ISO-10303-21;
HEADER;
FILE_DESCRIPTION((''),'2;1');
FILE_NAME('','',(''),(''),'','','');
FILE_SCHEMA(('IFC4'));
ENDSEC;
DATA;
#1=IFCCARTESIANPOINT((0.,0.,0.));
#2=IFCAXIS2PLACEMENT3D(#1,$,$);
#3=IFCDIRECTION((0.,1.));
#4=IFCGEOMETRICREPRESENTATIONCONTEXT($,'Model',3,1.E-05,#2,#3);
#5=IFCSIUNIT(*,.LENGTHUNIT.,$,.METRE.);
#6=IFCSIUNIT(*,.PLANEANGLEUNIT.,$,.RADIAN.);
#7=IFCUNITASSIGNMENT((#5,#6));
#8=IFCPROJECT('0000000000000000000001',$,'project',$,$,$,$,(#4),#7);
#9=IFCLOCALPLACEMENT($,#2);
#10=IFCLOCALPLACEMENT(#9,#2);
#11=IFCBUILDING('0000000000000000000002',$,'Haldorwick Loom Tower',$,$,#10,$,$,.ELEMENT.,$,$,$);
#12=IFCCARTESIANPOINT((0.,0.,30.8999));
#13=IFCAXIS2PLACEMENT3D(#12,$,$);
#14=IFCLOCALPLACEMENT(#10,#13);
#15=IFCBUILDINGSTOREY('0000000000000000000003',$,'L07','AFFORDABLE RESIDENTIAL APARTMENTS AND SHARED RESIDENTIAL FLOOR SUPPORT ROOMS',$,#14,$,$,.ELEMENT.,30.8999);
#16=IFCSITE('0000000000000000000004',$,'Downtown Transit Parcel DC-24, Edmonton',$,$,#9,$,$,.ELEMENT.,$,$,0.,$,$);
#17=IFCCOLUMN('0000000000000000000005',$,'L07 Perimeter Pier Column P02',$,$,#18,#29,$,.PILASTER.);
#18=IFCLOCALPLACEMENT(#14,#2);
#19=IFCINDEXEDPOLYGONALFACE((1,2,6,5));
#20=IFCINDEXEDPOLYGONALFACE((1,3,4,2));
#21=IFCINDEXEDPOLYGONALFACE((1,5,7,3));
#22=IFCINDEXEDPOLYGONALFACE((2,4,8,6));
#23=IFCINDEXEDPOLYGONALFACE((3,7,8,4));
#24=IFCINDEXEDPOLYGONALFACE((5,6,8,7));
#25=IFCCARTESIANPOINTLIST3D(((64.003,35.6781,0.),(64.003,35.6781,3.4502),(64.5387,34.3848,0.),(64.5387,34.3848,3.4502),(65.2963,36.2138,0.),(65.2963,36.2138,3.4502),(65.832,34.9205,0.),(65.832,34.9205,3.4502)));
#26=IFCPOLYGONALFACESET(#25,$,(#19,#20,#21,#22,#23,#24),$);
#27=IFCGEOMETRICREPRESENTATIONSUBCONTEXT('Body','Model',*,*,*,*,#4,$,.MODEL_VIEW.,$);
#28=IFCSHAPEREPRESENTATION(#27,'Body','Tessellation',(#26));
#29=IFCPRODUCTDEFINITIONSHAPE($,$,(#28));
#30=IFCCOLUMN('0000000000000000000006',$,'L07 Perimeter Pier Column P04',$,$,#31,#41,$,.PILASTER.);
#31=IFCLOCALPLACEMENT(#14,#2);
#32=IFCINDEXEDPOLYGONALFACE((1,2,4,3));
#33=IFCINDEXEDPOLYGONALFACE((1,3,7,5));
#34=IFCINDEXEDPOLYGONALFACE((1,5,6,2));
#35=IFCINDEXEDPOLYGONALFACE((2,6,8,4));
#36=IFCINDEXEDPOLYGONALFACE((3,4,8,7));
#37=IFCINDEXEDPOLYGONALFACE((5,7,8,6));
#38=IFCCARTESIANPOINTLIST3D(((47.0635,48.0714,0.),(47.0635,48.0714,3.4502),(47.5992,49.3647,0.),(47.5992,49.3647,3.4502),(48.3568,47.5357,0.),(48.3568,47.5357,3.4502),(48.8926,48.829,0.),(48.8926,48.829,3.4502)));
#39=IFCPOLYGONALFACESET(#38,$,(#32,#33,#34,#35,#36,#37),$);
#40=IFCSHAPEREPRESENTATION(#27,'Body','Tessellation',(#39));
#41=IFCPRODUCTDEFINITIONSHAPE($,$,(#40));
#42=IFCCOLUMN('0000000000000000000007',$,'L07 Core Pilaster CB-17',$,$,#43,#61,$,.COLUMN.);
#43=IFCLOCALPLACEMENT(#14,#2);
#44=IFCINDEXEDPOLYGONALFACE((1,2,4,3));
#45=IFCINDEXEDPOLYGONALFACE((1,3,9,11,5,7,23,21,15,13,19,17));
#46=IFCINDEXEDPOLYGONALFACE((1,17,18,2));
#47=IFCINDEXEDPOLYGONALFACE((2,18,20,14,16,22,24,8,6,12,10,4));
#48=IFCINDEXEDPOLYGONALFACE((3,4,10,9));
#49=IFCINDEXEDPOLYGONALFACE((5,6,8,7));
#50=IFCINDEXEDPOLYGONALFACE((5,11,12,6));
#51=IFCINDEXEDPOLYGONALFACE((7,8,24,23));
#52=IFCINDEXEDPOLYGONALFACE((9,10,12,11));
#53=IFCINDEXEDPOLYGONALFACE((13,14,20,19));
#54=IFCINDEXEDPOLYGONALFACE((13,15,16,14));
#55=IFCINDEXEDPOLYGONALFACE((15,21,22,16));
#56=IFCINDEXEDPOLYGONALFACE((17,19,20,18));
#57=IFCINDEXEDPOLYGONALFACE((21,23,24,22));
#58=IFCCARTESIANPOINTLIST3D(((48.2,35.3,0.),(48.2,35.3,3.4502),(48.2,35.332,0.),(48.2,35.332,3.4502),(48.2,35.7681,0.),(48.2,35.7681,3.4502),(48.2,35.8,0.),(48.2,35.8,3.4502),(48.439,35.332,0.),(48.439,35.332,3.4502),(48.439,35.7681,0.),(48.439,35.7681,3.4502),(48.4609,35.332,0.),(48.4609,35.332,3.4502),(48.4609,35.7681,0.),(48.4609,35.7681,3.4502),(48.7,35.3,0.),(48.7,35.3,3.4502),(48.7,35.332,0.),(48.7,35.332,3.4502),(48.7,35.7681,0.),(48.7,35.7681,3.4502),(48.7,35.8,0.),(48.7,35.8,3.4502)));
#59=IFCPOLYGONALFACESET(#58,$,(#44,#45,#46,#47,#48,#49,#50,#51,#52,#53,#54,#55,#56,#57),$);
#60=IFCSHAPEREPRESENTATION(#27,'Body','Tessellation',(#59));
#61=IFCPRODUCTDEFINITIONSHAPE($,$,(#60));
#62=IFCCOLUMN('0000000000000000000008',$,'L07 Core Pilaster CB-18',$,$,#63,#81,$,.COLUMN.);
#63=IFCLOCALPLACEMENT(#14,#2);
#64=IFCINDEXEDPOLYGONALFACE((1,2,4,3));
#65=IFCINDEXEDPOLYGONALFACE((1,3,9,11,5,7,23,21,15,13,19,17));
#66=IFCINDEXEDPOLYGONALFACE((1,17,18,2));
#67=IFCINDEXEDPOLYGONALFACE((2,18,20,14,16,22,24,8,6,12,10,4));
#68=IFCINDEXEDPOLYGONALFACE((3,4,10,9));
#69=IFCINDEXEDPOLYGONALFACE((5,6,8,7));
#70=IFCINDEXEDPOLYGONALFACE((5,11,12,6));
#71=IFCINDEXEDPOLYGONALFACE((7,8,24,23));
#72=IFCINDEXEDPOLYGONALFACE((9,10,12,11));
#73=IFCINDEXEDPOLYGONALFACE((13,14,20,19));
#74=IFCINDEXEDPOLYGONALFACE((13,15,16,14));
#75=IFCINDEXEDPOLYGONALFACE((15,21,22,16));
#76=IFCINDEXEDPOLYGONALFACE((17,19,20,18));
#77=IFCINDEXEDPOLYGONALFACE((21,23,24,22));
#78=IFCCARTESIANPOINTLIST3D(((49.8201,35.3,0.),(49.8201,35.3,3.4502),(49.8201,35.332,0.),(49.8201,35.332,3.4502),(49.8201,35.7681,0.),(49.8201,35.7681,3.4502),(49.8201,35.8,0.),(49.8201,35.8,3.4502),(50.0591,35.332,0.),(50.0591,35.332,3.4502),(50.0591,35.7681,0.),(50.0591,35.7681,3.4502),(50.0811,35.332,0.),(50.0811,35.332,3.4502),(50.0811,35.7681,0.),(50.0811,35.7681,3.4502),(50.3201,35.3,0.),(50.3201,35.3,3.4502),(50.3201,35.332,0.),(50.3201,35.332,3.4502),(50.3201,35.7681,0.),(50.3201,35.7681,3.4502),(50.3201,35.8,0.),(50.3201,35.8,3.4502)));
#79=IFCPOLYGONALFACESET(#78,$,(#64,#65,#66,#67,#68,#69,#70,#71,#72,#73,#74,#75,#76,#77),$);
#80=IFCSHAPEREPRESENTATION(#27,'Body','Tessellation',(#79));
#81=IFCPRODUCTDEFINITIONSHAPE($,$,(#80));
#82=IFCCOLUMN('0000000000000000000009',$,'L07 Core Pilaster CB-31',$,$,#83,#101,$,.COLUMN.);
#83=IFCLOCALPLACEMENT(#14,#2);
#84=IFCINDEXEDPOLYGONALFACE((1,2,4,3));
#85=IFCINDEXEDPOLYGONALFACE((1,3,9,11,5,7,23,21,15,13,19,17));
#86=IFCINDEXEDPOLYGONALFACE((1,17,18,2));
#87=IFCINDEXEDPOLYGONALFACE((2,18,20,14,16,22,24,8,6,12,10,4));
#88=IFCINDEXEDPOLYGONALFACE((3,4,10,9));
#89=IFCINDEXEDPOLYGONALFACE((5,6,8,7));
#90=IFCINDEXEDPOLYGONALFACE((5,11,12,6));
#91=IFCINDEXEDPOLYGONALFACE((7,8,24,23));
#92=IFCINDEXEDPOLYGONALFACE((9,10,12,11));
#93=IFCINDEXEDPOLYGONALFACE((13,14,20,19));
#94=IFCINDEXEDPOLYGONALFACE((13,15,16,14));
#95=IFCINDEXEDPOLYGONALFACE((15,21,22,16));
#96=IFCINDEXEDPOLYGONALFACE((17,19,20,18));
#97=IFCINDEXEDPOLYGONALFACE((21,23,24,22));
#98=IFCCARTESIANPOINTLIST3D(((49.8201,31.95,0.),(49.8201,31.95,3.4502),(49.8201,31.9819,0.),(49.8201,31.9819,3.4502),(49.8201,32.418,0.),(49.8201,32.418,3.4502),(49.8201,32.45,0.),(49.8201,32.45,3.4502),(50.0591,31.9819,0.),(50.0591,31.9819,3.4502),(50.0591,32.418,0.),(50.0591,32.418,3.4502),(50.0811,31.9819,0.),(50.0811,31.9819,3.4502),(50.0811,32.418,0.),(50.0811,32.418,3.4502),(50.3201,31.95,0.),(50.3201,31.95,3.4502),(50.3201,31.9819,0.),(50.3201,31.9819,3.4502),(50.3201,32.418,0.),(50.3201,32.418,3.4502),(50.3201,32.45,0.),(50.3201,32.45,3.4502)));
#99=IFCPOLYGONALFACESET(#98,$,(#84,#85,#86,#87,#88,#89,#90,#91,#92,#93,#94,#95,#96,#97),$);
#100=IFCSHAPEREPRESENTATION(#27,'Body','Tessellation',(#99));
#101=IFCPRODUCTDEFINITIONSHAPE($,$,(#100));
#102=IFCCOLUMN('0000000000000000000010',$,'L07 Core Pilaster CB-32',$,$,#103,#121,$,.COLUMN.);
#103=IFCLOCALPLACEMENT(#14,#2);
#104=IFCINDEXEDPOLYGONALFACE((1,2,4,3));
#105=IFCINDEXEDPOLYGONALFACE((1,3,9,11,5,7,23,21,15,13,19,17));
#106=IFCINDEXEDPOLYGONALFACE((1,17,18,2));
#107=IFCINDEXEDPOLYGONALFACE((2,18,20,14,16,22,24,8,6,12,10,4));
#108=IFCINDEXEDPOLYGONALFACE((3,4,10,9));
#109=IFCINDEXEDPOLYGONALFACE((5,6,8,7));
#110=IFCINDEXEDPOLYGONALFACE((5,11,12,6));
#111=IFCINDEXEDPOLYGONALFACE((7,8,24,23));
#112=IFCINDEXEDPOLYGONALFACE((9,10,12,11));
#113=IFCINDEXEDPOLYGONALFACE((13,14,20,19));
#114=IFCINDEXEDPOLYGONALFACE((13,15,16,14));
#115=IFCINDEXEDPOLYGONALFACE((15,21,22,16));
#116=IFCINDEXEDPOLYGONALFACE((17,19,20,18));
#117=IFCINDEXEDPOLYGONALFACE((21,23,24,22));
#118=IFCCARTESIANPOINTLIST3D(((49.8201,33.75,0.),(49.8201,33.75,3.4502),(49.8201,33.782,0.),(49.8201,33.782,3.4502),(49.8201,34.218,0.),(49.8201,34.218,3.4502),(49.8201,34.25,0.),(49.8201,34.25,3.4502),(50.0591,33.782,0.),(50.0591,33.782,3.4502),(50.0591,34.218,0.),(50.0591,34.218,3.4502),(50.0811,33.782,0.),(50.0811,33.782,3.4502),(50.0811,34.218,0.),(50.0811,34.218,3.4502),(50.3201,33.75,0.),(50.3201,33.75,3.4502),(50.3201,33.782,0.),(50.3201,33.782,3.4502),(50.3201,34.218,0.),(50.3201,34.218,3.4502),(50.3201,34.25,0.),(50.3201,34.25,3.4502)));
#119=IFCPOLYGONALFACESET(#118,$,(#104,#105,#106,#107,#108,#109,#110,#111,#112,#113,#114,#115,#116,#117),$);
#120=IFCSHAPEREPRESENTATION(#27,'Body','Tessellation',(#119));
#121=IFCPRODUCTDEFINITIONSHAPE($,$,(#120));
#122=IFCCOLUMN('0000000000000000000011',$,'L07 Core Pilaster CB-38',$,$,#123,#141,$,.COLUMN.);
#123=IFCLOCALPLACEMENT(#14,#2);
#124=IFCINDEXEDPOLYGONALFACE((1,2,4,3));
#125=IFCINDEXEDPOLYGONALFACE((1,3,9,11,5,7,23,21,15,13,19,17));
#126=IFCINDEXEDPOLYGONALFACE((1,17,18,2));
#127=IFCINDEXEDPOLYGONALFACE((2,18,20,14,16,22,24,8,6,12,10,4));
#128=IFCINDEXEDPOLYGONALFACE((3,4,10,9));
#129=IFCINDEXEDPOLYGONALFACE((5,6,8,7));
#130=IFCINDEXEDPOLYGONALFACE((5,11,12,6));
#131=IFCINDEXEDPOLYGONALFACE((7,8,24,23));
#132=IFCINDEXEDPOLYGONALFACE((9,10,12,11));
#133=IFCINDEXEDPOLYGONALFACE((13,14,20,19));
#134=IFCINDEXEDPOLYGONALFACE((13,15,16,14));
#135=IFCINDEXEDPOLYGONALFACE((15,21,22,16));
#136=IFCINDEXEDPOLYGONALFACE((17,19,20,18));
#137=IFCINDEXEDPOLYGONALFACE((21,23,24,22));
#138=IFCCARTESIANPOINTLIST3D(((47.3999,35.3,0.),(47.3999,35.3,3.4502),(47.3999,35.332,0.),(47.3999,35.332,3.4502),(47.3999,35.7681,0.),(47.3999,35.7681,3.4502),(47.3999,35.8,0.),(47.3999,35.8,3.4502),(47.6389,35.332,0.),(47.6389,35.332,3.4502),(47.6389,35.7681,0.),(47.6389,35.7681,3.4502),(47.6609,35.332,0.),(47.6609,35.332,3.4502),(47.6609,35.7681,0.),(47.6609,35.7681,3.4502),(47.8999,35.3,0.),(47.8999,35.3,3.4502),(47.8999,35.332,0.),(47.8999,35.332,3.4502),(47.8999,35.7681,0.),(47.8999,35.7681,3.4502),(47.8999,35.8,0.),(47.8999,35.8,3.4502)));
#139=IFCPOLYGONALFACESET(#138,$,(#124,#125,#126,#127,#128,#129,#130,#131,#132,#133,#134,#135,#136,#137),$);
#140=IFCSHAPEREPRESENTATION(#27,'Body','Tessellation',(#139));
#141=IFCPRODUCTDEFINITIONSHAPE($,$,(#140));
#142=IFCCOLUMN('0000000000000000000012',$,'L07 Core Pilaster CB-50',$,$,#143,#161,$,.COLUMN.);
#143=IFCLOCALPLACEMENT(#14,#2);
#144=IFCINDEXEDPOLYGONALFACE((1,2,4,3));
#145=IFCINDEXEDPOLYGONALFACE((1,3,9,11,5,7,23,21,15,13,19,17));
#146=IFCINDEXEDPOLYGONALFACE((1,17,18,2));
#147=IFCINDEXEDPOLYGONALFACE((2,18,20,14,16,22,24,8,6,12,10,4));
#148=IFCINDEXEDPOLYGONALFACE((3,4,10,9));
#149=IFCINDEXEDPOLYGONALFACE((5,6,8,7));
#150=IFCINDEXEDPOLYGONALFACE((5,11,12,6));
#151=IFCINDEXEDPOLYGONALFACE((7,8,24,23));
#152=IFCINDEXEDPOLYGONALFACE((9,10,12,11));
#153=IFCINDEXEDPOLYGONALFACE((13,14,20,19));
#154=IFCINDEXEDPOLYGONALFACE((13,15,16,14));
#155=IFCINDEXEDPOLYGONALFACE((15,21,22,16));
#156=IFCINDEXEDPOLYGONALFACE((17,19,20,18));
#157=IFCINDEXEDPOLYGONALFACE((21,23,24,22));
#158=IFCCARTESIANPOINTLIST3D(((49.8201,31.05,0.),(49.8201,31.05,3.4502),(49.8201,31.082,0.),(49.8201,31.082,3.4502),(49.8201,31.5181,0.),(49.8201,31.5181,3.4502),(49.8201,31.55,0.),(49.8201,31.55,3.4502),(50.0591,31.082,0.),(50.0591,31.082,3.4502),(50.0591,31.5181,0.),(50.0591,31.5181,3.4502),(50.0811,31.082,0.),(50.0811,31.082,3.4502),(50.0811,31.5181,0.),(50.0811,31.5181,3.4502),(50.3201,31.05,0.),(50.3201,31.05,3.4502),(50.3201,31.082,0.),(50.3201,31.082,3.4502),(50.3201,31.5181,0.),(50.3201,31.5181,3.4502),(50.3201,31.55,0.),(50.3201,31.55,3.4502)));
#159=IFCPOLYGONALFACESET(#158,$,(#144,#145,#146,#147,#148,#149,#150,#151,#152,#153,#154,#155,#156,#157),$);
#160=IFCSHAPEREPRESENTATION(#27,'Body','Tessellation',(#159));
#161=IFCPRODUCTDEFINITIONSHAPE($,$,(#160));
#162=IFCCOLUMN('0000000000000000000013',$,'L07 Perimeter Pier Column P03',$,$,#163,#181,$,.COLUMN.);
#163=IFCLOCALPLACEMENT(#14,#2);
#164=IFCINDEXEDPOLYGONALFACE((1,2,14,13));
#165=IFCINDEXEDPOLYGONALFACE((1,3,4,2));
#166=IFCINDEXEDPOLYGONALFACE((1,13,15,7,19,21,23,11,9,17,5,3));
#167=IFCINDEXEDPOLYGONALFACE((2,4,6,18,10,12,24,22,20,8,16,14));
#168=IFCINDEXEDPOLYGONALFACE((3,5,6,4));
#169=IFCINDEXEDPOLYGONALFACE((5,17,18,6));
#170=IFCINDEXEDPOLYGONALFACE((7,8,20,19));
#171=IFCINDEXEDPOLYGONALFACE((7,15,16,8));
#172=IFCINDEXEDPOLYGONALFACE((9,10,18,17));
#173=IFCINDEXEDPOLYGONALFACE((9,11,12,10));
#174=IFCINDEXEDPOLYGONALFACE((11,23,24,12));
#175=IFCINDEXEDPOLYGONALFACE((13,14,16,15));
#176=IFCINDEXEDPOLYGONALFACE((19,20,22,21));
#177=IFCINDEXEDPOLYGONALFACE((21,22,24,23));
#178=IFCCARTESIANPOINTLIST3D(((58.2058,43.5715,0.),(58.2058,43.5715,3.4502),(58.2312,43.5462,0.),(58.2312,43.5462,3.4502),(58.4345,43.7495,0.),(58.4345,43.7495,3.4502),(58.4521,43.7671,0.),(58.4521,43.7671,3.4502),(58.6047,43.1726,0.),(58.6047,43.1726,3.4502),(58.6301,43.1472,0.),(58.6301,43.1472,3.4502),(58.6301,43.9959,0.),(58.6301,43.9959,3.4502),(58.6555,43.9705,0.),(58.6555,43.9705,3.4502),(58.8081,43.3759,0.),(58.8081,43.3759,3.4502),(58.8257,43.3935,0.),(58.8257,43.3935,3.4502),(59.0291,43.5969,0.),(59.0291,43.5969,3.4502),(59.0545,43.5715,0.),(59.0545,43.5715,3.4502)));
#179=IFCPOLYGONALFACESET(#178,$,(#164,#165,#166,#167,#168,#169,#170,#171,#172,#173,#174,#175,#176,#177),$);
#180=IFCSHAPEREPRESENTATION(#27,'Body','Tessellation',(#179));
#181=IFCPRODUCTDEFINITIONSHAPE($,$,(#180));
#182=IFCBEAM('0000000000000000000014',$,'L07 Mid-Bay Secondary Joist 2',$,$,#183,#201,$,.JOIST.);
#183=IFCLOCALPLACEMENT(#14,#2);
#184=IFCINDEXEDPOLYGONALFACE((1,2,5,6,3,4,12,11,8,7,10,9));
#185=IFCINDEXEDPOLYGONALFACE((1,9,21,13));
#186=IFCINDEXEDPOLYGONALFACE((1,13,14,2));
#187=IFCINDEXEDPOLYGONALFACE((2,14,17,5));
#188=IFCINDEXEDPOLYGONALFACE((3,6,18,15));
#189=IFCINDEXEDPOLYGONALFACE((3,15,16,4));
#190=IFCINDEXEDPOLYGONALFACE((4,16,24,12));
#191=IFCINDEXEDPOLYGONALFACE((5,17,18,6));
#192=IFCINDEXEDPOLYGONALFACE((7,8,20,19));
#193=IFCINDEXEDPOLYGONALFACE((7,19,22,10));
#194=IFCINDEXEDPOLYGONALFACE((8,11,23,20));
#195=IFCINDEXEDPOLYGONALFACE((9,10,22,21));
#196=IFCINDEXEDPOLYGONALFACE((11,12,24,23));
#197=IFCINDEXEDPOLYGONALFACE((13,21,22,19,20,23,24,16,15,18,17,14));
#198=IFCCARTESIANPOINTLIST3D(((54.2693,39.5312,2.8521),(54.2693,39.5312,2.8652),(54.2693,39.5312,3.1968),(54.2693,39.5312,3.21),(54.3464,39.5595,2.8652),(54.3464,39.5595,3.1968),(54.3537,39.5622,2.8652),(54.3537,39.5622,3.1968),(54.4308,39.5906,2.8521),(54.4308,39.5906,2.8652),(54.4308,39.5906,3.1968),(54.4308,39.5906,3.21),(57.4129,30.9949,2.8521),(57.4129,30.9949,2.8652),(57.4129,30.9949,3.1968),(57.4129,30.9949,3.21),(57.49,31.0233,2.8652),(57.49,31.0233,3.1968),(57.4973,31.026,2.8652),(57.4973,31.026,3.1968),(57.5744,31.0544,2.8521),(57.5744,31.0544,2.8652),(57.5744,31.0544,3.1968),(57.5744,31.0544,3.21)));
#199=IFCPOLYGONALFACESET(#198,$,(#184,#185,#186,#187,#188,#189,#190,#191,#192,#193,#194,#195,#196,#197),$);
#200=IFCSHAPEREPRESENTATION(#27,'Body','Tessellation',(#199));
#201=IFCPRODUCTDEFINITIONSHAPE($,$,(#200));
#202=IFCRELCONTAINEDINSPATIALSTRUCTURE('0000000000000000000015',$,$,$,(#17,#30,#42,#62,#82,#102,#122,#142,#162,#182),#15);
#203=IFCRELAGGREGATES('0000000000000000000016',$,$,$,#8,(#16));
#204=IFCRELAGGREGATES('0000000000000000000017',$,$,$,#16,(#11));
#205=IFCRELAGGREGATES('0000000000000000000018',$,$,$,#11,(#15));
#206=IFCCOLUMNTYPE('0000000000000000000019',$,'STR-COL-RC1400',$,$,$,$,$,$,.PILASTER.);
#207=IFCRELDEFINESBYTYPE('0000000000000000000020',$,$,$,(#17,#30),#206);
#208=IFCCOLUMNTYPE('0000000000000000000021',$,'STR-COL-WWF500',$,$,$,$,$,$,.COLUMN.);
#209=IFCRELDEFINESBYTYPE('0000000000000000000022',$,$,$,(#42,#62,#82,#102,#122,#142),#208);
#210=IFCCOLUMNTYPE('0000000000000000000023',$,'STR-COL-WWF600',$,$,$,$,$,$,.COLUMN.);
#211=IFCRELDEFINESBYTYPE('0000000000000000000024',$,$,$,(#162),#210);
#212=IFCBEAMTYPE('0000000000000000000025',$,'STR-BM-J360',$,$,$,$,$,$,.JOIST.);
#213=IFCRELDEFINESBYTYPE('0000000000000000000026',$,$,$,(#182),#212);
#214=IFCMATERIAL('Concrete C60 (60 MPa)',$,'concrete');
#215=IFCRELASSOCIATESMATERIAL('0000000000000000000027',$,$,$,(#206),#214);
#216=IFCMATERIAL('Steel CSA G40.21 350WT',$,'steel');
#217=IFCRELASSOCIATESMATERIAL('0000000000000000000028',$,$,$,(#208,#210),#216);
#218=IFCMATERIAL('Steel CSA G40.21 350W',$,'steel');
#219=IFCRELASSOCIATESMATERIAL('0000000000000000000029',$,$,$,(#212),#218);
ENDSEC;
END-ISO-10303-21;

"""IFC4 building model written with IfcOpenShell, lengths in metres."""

from ifc_helpers import new_model, si_unit, direction, frame, origin, origin_2d, place, context, subcontext, project, spatial, rectangle, i_section, extrude, material, material_profile, profile_set, type_object, element, save


model = new_model("IFC4")

# Units and contexts
model_context = context("Model", 3, precision=1e-05, world=origin(), true_north=direction((0.0, 1.0)))
body_context = subcontext(model_context, "Body", "Model", "MODEL_VIEW")
ifc_project = project(units=[si_unit("LENGTHUNIT", "METRE"), si_unit("PLANEANGLEUNIT", "RADIAN")], contexts=[model_context])

# Site, building, storey
site_placement = place(None, origin())
site = spatial("IfcSite", under=ifc_project, at=site_placement, Name="Downtown Transit Parcel DC-24, Edmonton", CompositionType="ELEMENT", RefElevation=0.0)
building_placement = place(site_placement, origin())
building = spatial("IfcBuilding", under=site, at=building_placement, Name="Haldorwick Loom Tower", CompositionType="ELEMENT")
storey_placement = place(building_placement, frame((0.0, 0.0, 30.8999)))
storey = spatial("IfcBuildingStorey", under=building, at=storey_placement, Name="L07", Description="AFFORDABLE RESIDENTIAL APARTMENTS AND SHARED RESIDENTIAL FLOOR SUPPORT ROOMS", CompositionType="ELEMENT", Elevation=30.8999)

# Columns
ifc_material_1 = material(Name="Concrete C60 (60 MPa)", Category="concrete")
ifc_material_profile_1 = material_profile(ifc_material_1, rectangle(XDim=1.3999, YDim=1.3999, at=origin_2d()), Name="RC1400X1400", Category="concrete")
ifc_profile_set_1 = profile_set([ifc_material_profile_1], Name="Concrete C60 (60 MPa)")
column_type_1 = type_object("IfcColumnType", Name="STR-COL-RC1400", PredefinedType="PILASTER", material=ifc_profile_set_1)
for number, where, z_axis, x_axis, name in (
    (1, (64.9175, 35.2993, 0.0), (0.0, 0.0, 1.0), (0.92388, 0.382683, 0.0), "L07 Perimeter Pier Column P02"),
    (2, (47.978, 48.4502, 0.0), (0.0, 0.0, 1.0), (0.382683, 0.92388, 0.0), "L07 Perimeter Pier Column P04"),
):
    element("IfcColumn", number, at=place(storey_placement, frame(where, z_axis=z_axis, x_axis=x_axis)), inside=storey, type_object=column_type_1, Name=name, PredefinedType="PILASTER", context=body_context, shape_type="SweptSolid", body=[
        extrude(rectangle(XDim=1.3999, YDim=1.3999, at=origin_2d()), origin(), (0.0, 0.0, 1.0), 3.4502),
    ])
ifc_material_2 = material(Name="Steel CSA G40.21 350WT", Category="steel")
ifc_material_profile_2 = material_profile(ifc_material_2, i_section(OverallWidth=0.5, OverallDepth=0.5, WebThickness=0.022, FlangeThickness=0.032, at=origin_2d()), Name="WWF500X500", Category="steel")
ifc_profile_set_2 = profile_set([ifc_material_profile_2], Name="Steel CSA G40.21 350WT")
column_type_2 = type_object("IfcColumnType", Name="STR-COL-WWF500", PredefinedType="COLUMN", material=ifc_profile_set_2)
for number, where, z_axis, x_axis, name in (
    (3, (48.45, 35.55, 0.0), (0.0, 0.0, 1.0), (1.0, 0.0, 0.0), "L07 Core Pilaster CB-17"),
    (4, (50.0701, 35.55, 0.0), (0.0, 0.0, 1.0), (1.0, 0.0, 0.0), "L07 Core Pilaster CB-18"),
    (5, (50.0701, 32.2, 0.0), (0.0, 0.0, 1.0), (1.0, 0.0, 0.0), "L07 Core Pilaster CB-31"),
    (6, (50.0701, 34.0, 0.0), (0.0, 0.0, 1.0), (1.0, 0.0, 0.0), "L07 Core Pilaster CB-32"),
    (7, (47.6499, 35.55, 0.0), (0.0, 0.0, 1.0), (1.0, 0.0, 0.0), "L07 Core Pilaster CB-38"),
    (8, (50.0701, 31.3, 0.0), (0.0, 0.0, 1.0), (1.0, 0.0, 0.0), "L07 Core Pilaster CB-50"),
):
    element("IfcColumn", number, at=place(storey_placement, frame(where, z_axis=z_axis, x_axis=x_axis)), inside=storey, type_object=column_type_2, Name=name, PredefinedType="COLUMN", context=body_context, shape_type="SweptSolid", body=[
        extrude(i_section(OverallWidth=0.5, OverallDepth=0.5, WebThickness=0.022, FlangeThickness=0.032, at=origin_2d()), origin(), (0.0, 0.0, 1.0), 3.4502),
    ])
ifc_material_profile_3 = material_profile(ifc_material_2, i_section(OverallWidth=0.6001, OverallDepth=0.6001, WebThickness=0.0249, FlangeThickness=0.0359, at=origin_2d()), Name="WWF600X600", Category="steel")
ifc_profile_set_3 = profile_set([ifc_material_profile_3], Name="Steel CSA G40.21 350WT")
column_type_3 = type_object("IfcColumnType", Name="STR-COL-WWF600", PredefinedType="COLUMN", material=ifc_profile_set_3)
column_placement = place(storey_placement, frame((58.6301, 43.5715, 0.0), z_axis=(0.0, 0.0, 1.0), x_axis=(0.707107, 0.707107, 0.0)))
element("IfcColumn", 9, at=column_placement, inside=storey, type_object=column_type_3, Name="L07 Perimeter Pier Column P03", PredefinedType="COLUMN", context=body_context, shape_type="SweptSolid", body=[
    extrude(i_section(OverallWidth=0.6001, OverallDepth=0.6001, WebThickness=0.0249, FlangeThickness=0.0359, at=origin_2d()), origin(), (0.0, 0.0, 1.0), 3.4502),
])

# Beam
ifc_material_3 = material(Name="Steel CSA G40.21 350W", Category="steel")
ifc_material_profile_4 = material_profile(ifc_material_3, i_section(OverallWidth=0.1721, OverallDepth=0.3579, WebThickness=0.0078, FlangeThickness=0.0132, at=origin_2d()), Name="W360X57", Category="steel")
ifc_profile_set_4 = profile_set([ifc_material_profile_4], Name="Steel CSA G40.21 350W")
beam_type_1 = type_object("IfcBeamType", Name="STR-BM-J360", PredefinedType="JOIST", material=ifc_profile_set_4)
beam_1_placement = place(storey_placement, frame((57.4937, 31.0247, 3.031), z_axis=(-0.345576, 0.938391, 0.0), x_axis=(-0.938391, -0.345576, 0.0)))
element("IfcBeam", 10, at=beam_1_placement, inside=storey, type_object=beam_type_1, Name="L07 Mid-Bay Secondary Joist 2", PredefinedType="JOIST", context=body_context, shape_type="SweptSolid", body=[
    extrude(i_section(OverallWidth=0.1721, OverallDepth=0.3579, WebThickness=0.0078, FlangeThickness=0.0132, at=origin_2d()), origin(), (0.0, 0.0, 1.0), 9.0967),
])

save(model, "model.ifc")
